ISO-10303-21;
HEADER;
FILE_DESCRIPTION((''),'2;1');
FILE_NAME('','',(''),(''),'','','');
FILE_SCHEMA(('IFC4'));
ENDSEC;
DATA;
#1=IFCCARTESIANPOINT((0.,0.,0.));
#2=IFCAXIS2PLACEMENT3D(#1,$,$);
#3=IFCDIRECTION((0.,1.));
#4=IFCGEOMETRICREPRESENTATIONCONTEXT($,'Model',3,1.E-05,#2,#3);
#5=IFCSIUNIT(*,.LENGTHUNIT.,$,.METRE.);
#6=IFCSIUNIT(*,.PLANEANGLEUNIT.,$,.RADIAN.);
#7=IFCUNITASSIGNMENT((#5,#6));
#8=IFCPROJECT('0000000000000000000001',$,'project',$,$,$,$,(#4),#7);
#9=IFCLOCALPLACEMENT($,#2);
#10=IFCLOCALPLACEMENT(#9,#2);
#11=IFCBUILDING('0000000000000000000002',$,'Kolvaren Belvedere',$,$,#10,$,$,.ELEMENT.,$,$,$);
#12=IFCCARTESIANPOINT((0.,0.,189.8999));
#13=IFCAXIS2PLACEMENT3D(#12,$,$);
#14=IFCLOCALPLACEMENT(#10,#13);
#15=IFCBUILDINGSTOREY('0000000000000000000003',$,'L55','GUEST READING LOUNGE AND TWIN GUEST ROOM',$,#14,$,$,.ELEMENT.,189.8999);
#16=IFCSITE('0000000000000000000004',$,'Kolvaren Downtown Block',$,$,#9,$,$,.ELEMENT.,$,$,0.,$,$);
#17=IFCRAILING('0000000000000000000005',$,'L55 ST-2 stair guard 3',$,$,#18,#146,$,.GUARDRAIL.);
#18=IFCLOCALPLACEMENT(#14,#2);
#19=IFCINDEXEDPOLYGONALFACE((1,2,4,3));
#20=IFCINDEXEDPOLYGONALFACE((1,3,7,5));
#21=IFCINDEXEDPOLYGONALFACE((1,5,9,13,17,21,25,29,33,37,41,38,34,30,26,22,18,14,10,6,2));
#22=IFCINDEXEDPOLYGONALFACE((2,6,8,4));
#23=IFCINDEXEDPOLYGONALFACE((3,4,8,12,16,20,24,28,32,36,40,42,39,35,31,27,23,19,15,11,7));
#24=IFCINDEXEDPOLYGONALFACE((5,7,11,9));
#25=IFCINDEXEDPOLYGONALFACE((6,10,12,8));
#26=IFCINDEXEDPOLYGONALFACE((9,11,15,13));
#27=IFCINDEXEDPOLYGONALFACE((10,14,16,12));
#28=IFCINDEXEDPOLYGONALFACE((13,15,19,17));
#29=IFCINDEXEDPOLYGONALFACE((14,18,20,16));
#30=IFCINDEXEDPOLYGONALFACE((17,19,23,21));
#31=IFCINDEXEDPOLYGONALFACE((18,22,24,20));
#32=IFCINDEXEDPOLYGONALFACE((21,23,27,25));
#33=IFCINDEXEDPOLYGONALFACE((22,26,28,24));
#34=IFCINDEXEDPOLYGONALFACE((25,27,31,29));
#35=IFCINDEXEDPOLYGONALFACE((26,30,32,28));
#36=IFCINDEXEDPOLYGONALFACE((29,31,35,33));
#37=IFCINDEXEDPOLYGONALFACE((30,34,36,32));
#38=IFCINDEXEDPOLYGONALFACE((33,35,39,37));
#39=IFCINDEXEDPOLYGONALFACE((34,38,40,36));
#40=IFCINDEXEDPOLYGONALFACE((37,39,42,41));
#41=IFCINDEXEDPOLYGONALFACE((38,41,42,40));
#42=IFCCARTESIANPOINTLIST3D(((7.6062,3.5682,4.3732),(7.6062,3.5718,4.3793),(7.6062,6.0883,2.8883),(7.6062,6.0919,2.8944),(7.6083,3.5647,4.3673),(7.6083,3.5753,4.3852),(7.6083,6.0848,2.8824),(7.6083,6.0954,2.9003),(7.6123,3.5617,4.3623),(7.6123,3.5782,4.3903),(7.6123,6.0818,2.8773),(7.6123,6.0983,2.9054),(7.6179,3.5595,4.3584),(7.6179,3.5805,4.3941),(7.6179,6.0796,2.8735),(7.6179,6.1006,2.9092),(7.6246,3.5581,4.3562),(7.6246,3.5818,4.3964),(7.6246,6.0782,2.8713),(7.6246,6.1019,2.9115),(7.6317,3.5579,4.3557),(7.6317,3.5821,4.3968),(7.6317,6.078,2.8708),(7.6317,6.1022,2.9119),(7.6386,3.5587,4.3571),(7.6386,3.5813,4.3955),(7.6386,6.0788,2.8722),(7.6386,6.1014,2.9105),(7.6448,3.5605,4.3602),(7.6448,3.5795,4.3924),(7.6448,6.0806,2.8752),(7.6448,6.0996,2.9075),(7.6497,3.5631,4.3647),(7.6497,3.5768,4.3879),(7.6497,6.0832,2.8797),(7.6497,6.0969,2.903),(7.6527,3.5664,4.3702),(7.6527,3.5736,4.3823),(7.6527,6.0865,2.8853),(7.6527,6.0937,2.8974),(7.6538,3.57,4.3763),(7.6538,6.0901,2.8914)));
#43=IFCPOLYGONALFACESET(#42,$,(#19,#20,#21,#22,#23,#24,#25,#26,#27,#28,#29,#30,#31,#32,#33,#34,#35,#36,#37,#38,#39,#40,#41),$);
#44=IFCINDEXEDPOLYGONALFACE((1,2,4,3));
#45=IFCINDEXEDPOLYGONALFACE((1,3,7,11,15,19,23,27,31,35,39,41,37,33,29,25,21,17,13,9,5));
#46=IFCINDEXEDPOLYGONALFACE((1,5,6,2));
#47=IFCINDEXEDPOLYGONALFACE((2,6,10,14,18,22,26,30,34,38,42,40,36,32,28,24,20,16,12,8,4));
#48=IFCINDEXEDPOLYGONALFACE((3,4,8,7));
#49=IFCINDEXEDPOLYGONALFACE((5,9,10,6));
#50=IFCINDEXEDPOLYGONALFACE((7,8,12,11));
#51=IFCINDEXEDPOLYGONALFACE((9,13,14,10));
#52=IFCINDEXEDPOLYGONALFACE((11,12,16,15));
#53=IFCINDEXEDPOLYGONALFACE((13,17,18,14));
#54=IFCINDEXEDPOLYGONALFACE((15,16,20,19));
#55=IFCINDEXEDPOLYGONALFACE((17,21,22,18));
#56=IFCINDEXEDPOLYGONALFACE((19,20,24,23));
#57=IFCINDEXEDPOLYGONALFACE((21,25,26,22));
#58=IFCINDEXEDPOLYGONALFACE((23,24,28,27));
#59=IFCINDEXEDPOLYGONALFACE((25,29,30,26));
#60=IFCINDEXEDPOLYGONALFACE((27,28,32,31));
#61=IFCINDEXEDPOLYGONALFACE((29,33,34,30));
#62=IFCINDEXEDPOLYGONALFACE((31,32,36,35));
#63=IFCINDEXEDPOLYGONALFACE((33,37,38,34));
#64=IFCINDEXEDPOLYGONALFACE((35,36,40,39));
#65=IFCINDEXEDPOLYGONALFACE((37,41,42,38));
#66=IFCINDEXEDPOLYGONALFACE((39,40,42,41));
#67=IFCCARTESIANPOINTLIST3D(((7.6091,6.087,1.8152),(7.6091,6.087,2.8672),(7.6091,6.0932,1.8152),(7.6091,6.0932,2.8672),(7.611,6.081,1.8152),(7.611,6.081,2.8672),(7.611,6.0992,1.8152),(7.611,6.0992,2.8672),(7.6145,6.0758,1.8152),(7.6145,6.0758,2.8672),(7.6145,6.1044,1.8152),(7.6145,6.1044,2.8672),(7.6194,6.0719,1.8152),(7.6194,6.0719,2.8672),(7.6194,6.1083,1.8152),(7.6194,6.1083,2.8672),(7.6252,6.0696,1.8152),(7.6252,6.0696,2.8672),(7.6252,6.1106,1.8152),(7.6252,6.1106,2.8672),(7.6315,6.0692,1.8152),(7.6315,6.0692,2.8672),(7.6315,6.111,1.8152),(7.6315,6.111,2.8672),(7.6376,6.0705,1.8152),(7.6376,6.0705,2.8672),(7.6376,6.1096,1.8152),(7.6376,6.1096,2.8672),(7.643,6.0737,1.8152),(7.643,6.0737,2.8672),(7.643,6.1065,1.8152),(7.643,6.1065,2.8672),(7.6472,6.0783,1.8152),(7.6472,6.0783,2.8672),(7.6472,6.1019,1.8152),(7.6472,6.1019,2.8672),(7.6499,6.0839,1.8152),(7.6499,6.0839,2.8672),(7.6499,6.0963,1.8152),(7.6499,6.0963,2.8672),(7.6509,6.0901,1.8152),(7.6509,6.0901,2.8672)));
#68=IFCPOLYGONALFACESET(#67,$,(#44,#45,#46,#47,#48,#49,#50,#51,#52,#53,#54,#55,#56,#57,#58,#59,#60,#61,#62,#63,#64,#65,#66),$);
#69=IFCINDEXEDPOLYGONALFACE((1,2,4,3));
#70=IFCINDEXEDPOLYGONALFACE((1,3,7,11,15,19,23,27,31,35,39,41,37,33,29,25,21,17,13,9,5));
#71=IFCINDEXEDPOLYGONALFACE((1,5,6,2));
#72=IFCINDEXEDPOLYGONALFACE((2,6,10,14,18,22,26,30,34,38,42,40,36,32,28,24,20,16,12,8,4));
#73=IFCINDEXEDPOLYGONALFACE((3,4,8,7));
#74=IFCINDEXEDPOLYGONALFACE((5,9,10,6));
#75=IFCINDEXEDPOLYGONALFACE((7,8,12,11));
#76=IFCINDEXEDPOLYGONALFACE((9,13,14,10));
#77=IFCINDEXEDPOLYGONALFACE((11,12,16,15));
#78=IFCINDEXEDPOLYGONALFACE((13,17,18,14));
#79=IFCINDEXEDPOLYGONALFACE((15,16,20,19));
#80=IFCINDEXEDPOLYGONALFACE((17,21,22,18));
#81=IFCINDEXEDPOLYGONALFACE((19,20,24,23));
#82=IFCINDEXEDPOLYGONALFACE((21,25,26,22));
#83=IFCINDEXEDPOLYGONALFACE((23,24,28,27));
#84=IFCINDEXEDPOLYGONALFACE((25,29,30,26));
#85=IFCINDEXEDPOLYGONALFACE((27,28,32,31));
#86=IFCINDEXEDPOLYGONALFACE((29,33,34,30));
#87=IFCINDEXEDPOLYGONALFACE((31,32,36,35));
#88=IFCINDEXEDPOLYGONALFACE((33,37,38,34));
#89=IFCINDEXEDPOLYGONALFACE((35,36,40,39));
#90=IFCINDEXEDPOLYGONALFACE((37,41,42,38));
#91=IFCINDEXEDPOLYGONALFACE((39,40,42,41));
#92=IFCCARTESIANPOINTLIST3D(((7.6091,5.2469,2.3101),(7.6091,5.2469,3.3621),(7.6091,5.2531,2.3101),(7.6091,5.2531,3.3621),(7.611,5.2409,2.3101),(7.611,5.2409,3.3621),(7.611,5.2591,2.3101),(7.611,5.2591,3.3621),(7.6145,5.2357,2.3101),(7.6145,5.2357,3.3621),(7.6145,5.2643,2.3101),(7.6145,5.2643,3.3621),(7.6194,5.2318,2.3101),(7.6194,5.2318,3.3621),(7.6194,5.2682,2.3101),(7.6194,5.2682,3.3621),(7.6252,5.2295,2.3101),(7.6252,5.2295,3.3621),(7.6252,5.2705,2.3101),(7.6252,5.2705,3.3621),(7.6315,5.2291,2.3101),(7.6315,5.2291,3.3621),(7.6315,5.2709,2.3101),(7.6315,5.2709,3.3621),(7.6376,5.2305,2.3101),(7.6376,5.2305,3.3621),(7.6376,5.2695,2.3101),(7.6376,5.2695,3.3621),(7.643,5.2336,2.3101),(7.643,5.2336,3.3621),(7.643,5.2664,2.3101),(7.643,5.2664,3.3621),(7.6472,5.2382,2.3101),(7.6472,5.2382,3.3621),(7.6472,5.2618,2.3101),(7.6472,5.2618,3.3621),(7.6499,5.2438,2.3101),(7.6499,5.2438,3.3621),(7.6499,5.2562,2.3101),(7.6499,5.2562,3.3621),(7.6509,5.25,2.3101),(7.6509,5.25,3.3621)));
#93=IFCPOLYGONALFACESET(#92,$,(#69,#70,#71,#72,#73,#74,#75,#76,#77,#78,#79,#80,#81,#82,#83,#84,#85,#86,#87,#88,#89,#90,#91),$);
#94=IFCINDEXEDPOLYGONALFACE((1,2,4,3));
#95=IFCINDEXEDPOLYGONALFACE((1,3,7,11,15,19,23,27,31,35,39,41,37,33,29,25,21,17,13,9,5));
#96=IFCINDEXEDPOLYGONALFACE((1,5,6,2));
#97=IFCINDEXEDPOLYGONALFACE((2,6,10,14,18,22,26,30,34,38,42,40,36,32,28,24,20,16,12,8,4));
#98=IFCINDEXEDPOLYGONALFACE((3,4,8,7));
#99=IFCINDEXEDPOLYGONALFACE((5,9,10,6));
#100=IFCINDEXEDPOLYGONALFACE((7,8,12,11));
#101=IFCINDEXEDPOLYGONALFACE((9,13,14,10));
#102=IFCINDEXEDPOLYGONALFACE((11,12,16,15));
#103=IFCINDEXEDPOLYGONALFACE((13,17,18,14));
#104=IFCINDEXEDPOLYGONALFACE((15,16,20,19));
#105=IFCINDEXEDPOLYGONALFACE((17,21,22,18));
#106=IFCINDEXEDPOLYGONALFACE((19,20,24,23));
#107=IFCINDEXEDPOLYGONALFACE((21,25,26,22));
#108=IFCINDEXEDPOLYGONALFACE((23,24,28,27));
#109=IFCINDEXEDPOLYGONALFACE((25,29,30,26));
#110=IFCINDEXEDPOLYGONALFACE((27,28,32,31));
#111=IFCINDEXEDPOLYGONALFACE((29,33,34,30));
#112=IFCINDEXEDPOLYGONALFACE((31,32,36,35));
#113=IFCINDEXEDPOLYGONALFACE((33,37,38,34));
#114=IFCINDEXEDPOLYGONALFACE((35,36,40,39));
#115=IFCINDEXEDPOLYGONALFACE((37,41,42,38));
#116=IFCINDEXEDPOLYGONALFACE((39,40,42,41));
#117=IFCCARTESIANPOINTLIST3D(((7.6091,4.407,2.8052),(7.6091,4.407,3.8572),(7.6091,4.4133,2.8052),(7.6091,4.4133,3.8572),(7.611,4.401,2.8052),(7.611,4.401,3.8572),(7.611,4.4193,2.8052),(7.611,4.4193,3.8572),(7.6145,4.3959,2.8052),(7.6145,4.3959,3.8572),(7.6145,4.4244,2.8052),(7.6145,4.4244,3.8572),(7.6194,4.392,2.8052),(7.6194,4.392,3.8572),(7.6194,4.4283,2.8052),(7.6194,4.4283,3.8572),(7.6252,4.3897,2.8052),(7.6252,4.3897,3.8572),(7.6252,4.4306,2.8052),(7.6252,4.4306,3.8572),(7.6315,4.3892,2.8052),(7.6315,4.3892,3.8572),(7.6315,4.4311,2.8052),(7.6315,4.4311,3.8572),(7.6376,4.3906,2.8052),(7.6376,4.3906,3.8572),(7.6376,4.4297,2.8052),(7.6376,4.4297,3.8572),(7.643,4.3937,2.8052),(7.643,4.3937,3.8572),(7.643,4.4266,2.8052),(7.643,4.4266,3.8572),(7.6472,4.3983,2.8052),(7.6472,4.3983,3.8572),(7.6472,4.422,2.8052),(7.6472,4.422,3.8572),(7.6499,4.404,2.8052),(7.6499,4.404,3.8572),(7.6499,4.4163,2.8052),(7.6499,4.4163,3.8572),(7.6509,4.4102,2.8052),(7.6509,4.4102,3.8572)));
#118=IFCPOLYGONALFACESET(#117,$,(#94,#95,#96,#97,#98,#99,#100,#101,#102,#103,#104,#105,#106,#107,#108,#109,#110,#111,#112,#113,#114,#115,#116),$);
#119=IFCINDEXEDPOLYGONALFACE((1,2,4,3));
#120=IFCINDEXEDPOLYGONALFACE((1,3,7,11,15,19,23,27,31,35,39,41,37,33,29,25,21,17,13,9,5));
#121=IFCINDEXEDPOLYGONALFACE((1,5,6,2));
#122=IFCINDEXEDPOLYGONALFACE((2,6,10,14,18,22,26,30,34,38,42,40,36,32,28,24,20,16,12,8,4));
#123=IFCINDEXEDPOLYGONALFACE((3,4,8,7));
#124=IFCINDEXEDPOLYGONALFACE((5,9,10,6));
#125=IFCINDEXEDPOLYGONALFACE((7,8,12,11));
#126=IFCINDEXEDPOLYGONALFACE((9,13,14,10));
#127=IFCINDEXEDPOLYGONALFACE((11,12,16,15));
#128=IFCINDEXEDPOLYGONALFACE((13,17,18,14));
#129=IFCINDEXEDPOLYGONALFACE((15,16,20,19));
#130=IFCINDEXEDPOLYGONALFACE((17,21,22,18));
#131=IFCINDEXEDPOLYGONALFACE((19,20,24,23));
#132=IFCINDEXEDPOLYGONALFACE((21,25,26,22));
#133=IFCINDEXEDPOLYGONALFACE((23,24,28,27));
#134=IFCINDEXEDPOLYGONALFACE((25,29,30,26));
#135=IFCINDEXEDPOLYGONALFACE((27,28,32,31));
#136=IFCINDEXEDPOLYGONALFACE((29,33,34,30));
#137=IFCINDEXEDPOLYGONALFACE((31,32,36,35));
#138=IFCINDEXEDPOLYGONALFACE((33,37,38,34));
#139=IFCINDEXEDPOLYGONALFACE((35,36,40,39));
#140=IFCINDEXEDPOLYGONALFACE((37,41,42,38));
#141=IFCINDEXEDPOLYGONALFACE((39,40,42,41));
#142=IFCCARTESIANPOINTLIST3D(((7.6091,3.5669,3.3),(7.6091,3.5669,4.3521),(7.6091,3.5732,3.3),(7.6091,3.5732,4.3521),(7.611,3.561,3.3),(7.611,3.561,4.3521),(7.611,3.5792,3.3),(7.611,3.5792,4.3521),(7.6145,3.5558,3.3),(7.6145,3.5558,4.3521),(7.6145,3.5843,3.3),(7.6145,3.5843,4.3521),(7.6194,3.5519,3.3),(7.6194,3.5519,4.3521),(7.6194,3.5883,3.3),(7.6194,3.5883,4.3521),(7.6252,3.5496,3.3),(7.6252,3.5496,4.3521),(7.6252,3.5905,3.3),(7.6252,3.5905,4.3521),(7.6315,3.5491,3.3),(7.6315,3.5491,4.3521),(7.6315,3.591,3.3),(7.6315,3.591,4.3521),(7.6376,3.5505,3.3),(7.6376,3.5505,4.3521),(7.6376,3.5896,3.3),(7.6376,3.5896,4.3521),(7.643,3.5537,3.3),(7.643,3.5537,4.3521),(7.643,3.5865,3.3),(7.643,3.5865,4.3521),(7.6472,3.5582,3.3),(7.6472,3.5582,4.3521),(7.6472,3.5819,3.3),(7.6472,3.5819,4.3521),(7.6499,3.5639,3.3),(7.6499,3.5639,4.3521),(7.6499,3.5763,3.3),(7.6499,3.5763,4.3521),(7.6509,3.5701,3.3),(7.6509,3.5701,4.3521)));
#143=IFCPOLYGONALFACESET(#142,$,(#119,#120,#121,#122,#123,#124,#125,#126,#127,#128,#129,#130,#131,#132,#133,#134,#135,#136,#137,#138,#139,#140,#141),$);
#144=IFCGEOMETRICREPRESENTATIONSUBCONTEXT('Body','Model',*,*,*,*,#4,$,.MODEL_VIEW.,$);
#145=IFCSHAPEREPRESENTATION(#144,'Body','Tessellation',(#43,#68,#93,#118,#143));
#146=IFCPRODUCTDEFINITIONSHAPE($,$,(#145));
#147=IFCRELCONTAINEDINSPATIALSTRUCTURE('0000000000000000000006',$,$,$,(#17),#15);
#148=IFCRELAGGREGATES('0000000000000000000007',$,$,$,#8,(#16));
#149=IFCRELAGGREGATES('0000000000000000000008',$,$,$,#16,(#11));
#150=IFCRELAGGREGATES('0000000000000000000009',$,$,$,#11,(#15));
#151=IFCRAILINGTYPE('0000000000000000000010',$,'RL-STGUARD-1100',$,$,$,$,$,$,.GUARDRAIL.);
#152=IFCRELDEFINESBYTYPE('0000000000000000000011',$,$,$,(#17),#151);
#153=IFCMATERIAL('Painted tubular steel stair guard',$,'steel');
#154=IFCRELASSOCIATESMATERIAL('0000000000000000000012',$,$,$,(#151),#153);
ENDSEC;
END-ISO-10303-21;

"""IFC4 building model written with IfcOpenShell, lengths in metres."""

from ifc_helpers import new_model, si_unit, direction, frame, origin, origin_2d, place, context, subcontext, project, spatial, circle, extrude, material, type_object, element, save


model = new_model("IFC4")

# Units and contexts
model_context = context("Model", 3, precision=1e-05, world=origin(), true_north=direction((0.0, 1.0)))
body_context = subcontext(model_context, "Body", "Model", "MODEL_VIEW")
ifc_project = project(units=[si_unit("LENGTHUNIT", "METRE"), si_unit("PLANEANGLEUNIT", "RADIAN")], contexts=[model_context])

# Site, building, storey
site_placement = place(None, origin())
site = spatial("IfcSite", under=ifc_project, at=site_placement, Name="Kolvaren Downtown Block", CompositionType="ELEMENT", RefElevation=0.0)
building_placement = place(site_placement, origin())
building = spatial("IfcBuilding", under=site, at=building_placement, Name="Kolvaren Belvedere", CompositionType="ELEMENT")
storey_placement = place(building_placement, frame((0.0, 0.0, 189.8999)))
storey = spatial("IfcBuildingStorey", under=building, at=storey_placement, Name="L55", Description="GUEST READING LOUNGE AND TWIN GUEST ROOM", CompositionType="ELEMENT", Elevation=189.8999)

# Railing
ifc_material_1 = material(Name="Painted tubular steel stair guard", Category="steel")
railing_type_1 = type_object("IfcRailingType", Name="RL-STGUARD-1100", PredefinedType="GUARDRAIL", material=ifc_material_1)
railing_1_placement = place(storey_placement, frame((7.6299, 6.0901, 1.8152)))
element("IfcRailing", 1, at=railing_1_placement, inside=storey, type_object=railing_type_1, Name="L55 ST-2 stair guard 3", PredefinedType="GUARDRAIL", context=body_context, shape_type="SweptSolid", body=[
    extrude(circle(Radius=0.0239, at=origin_2d()), frame((0.0, 0.0, 1.0762), z_axis=(0.0, -0.861561, 0.507655), x_axis=(1.0, 0.0, 0.0)), (0.0, 0.0, 1.0), 2.925),
    extrude(circle(Radius=0.021, at=origin_2d()), origin(), (0.0, 0.0, 1.0), 1.052),
    extrude(circle(Radius=0.021, at=origin_2d()), frame((0.0, -0.8401, 0.4949)), (0.0, 0.0, 1.0), 1.052),
    extrude(circle(Radius=0.021, at=origin_2d()), frame((0.0, -1.6799, 0.99)), (0.0, 0.0, 1.0), 1.052),
    extrude(circle(Radius=0.021, at=origin_2d()), frame((0.0, -2.52, 1.4849)), (0.0, 0.0, 1.0), 1.052),
])

save(model, "model.ifc")
